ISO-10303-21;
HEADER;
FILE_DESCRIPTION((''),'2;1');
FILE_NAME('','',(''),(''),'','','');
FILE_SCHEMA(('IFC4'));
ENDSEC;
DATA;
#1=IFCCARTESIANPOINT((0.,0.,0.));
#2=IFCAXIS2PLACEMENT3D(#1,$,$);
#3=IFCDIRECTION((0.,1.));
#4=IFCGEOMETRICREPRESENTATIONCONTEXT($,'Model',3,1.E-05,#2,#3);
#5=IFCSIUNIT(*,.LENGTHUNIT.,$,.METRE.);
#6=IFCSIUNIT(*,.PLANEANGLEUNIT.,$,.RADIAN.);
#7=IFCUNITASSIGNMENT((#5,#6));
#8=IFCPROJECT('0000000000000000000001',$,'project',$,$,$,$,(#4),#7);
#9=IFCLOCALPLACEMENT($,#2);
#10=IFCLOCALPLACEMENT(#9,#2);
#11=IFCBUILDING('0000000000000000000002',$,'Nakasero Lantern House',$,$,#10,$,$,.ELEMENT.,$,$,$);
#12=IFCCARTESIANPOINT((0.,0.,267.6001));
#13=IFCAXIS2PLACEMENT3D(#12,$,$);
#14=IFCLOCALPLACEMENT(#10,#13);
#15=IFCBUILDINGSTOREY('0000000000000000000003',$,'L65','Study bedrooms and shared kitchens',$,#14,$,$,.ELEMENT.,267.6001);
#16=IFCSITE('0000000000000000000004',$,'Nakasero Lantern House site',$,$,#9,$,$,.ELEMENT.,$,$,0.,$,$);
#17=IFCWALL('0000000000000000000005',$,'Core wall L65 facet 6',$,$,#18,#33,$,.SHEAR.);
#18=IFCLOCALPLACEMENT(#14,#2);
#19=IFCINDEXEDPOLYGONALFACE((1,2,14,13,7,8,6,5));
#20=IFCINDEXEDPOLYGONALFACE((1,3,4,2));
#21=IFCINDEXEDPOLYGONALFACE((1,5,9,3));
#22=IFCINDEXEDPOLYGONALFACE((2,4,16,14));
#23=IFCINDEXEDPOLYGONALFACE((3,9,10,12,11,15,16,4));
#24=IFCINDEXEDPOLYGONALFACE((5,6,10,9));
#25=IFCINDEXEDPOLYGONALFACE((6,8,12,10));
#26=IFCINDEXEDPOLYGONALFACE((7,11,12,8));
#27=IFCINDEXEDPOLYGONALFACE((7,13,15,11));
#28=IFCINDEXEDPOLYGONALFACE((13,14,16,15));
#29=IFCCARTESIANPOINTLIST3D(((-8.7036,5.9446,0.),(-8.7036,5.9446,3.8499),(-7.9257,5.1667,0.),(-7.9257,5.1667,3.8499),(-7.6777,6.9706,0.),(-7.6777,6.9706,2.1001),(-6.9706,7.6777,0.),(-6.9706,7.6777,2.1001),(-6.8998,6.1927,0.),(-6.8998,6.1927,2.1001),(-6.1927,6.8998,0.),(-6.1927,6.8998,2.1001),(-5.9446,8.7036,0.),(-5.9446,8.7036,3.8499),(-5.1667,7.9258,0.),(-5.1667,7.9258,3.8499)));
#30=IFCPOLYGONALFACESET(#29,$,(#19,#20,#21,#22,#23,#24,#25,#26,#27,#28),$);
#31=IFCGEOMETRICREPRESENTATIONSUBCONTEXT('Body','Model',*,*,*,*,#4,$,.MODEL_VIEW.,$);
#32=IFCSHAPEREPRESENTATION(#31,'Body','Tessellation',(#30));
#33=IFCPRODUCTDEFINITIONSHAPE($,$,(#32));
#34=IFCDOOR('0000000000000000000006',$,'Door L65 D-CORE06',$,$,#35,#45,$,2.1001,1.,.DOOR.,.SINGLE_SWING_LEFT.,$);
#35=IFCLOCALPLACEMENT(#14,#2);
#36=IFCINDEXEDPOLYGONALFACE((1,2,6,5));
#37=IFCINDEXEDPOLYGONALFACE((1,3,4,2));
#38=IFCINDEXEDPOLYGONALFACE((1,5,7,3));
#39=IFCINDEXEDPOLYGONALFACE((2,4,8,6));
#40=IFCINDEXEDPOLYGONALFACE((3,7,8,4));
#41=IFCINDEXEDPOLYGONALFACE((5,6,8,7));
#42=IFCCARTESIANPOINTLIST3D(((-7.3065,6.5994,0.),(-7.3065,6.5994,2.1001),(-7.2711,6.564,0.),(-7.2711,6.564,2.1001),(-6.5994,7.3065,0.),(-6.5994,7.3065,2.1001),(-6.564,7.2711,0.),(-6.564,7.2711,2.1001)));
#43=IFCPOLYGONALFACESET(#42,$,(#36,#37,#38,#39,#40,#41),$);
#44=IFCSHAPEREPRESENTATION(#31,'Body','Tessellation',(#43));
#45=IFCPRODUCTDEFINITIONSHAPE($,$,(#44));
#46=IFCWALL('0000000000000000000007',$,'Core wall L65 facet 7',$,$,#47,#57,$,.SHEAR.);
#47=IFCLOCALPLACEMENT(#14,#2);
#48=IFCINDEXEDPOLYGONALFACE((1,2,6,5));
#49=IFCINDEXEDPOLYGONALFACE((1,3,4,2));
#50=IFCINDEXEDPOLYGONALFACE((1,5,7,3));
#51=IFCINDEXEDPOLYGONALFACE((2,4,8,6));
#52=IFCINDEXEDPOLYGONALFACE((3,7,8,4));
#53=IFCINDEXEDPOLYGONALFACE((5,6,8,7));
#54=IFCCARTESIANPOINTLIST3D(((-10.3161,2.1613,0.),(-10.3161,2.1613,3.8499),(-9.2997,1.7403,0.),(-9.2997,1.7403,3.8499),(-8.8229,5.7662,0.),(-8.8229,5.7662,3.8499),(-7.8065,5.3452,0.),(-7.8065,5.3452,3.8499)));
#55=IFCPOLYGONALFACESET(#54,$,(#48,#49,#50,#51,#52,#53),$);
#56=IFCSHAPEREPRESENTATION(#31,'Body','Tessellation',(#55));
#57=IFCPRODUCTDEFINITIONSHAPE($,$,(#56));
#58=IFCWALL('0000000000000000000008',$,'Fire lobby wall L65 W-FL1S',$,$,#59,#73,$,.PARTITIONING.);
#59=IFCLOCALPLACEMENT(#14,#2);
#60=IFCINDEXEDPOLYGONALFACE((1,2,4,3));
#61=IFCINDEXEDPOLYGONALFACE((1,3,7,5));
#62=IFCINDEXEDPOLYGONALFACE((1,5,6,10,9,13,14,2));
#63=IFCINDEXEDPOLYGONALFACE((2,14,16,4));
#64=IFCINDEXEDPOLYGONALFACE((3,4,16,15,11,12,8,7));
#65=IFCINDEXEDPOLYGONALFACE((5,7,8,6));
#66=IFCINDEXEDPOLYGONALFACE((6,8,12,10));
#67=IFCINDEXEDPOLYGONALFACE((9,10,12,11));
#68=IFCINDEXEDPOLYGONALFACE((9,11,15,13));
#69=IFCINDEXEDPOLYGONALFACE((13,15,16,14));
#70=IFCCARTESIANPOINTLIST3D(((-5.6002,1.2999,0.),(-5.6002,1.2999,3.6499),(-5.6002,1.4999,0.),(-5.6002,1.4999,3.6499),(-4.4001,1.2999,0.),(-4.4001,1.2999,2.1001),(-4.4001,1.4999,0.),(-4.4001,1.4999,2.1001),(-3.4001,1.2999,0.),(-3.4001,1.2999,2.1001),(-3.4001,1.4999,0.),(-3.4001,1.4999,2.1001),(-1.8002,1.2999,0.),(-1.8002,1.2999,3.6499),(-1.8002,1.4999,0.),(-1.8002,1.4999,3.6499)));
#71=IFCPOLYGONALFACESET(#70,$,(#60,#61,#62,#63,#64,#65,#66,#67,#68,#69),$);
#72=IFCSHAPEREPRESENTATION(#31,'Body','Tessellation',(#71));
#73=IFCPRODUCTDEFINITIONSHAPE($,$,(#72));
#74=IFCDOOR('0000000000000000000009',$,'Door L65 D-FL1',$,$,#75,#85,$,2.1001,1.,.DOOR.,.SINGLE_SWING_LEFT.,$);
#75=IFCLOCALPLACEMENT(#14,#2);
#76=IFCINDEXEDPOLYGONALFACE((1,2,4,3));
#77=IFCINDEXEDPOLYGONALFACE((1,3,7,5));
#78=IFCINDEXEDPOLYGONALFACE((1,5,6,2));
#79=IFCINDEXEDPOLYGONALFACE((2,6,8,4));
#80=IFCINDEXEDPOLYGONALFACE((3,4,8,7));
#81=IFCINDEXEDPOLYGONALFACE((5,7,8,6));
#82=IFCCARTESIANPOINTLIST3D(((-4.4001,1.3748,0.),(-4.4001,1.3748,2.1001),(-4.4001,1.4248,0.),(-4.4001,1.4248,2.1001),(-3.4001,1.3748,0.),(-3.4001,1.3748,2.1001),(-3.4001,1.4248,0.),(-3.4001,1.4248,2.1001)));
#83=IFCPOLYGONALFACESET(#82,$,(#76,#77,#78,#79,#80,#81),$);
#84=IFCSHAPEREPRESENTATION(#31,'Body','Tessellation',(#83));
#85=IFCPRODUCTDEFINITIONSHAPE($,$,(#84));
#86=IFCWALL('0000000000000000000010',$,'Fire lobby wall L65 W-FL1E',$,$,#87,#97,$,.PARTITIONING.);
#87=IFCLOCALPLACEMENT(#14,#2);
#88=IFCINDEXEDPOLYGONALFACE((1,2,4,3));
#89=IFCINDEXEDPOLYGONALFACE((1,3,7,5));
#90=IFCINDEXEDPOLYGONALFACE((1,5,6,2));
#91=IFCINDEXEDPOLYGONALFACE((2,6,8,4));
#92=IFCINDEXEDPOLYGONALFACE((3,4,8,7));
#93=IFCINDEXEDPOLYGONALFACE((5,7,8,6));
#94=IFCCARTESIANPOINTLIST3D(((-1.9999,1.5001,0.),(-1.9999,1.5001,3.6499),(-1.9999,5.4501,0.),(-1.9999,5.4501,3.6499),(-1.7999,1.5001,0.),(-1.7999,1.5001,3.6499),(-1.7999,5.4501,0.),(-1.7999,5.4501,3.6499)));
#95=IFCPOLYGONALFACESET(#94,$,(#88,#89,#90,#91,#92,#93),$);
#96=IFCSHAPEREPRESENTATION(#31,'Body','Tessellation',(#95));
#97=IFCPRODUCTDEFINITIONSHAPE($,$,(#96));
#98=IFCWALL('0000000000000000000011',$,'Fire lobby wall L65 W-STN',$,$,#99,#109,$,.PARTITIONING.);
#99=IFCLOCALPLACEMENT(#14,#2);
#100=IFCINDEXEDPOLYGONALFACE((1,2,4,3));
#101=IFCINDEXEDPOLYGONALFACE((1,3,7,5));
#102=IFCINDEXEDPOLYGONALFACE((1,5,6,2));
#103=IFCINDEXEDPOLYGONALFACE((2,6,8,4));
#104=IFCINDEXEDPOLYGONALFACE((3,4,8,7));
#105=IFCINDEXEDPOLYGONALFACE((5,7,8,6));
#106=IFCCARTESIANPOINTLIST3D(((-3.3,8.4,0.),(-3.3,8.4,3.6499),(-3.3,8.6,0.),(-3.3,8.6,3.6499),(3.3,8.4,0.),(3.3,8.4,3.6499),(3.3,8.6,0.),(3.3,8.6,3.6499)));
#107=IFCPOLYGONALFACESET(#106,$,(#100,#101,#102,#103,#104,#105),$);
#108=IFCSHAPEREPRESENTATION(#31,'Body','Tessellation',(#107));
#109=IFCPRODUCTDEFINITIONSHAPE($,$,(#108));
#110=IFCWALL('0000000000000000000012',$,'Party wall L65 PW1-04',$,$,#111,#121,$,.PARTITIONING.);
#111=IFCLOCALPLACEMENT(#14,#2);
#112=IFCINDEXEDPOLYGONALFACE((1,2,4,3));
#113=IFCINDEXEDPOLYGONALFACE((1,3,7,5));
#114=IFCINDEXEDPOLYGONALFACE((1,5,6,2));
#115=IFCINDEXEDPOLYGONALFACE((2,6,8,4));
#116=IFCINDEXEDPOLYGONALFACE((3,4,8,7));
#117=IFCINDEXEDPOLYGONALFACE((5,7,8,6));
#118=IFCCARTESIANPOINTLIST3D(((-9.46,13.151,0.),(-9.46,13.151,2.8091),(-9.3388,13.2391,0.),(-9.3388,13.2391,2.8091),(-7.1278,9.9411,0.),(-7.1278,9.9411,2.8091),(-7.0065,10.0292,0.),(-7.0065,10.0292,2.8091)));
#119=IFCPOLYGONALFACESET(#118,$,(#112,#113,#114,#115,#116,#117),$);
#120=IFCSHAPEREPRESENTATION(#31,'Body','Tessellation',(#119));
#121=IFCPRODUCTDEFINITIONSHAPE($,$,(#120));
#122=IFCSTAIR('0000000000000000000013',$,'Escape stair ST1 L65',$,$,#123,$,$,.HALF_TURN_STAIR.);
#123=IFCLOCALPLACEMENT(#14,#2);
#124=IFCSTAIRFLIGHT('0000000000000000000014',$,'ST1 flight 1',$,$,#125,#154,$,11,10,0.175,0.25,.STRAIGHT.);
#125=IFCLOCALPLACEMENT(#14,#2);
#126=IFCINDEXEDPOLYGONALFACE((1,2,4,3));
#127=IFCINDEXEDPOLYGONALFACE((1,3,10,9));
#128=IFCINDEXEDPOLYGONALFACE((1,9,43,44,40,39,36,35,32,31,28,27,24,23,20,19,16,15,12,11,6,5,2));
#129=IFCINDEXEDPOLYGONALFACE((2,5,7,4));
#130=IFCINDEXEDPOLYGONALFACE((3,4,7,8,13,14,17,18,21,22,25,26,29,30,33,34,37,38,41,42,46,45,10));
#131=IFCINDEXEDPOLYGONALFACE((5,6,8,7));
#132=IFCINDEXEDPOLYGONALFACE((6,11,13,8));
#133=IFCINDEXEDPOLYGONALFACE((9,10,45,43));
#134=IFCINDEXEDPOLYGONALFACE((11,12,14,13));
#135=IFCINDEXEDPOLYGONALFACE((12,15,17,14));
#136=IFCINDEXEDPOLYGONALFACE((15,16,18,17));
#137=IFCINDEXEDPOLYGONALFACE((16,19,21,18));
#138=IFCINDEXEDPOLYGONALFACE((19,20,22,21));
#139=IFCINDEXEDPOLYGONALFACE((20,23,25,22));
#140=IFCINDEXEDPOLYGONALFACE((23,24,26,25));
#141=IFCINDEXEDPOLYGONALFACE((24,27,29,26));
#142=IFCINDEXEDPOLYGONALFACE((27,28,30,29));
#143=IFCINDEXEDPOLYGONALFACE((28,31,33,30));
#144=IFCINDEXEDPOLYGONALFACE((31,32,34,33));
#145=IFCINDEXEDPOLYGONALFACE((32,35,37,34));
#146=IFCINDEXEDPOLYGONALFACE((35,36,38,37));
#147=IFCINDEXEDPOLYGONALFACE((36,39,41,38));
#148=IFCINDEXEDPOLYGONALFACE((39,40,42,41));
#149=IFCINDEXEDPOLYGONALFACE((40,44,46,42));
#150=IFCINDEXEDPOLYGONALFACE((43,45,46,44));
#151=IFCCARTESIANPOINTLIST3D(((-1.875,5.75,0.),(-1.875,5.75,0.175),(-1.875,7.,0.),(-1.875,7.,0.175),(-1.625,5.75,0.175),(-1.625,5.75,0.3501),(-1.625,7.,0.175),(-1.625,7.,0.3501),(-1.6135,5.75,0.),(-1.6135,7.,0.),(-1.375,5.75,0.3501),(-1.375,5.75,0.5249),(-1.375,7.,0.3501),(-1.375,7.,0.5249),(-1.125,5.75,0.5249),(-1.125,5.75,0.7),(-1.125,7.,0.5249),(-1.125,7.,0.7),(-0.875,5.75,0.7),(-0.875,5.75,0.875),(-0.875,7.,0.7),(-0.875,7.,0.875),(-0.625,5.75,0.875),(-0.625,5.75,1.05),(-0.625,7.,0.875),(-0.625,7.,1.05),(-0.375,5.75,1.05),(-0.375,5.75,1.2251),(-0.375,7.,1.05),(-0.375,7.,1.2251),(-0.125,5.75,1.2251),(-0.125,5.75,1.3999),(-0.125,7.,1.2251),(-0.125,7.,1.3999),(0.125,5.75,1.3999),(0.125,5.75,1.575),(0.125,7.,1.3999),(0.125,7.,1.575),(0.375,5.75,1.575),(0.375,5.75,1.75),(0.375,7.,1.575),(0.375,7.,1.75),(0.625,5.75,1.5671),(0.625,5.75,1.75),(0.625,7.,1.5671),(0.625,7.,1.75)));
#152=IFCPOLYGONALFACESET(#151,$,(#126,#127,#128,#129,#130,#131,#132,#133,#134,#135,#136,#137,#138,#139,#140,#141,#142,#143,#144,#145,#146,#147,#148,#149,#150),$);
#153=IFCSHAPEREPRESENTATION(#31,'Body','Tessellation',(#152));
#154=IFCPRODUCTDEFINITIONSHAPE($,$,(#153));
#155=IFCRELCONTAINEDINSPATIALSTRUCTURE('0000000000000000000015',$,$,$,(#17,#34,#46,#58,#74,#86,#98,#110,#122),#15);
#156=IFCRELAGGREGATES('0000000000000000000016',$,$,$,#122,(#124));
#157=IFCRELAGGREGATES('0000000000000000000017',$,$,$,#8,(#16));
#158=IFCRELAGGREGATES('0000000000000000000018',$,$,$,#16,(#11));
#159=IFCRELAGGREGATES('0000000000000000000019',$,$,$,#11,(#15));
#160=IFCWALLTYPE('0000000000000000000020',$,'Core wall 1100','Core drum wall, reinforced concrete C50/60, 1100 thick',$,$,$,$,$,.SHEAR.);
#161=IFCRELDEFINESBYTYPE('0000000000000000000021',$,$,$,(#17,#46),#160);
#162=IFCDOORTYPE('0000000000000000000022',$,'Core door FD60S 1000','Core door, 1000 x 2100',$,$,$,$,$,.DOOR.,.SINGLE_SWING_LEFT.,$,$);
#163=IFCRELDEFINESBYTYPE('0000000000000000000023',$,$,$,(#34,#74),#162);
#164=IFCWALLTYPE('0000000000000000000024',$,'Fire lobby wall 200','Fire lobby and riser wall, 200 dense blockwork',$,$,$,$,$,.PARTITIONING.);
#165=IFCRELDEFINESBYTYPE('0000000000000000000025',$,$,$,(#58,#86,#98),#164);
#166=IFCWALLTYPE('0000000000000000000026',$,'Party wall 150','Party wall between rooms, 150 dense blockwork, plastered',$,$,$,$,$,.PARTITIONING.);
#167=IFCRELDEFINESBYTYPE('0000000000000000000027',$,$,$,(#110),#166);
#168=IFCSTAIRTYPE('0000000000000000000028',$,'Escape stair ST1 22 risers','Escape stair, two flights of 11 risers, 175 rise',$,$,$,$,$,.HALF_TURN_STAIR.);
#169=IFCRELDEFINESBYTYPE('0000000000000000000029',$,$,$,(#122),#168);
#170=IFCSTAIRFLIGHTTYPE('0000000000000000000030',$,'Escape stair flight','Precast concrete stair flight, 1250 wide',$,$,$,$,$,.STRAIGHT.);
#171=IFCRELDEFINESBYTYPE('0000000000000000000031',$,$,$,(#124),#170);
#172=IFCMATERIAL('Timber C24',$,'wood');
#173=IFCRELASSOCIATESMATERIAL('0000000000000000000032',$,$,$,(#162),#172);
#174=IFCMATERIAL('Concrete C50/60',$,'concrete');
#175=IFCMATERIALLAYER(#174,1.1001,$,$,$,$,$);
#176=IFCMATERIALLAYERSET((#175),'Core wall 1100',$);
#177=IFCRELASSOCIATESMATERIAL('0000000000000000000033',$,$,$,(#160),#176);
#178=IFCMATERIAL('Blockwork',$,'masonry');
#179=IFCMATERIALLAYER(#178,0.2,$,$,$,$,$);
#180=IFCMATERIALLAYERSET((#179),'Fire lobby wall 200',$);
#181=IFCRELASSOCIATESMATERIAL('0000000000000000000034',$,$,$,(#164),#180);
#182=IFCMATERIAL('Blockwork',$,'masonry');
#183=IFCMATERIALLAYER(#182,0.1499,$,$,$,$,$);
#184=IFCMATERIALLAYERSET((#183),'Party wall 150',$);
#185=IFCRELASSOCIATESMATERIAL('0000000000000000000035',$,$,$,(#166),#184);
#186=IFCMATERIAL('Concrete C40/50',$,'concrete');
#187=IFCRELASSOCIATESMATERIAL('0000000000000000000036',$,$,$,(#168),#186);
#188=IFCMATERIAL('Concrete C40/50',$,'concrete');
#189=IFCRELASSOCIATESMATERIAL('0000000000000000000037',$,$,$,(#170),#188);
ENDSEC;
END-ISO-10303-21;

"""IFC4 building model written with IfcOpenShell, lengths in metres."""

from ifc_helpers import new_model, si_unit, direction, frame, frame_2d, origin, place, context, subcontext, project, spatial, polyline, rectangle, outline, extrude, material, layer, layer_set, type_object, element, fill, aggregate, save


model = new_model("IFC4")

# Units and contexts
model_context = context("Model", 3, precision=1e-05, world=origin(), true_north=direction((0.0, 1.0)))
body_context = subcontext(model_context, "Body", "Model", "MODEL_VIEW")
ifc_project = project(units=[si_unit("LENGTHUNIT", "METRE"), si_unit("PLANEANGLEUNIT", "RADIAN")], contexts=[model_context])

# Site, building, storey
site_placement = place(None, origin())
site = spatial("IfcSite", under=ifc_project, at=site_placement, Name="Nakasero Lantern House site", CompositionType="ELEMENT", RefElevation=0.0)
building_placement = place(site_placement, origin())
building = spatial("IfcBuilding", under=site, at=building_placement, Name="Nakasero Lantern House", CompositionType="ELEMENT")
storey_placement = place(building_placement, frame((0.0, 0.0, 267.6001)))
storey = spatial("IfcBuildingStorey", under=building, at=storey_placement, Name="L65", Description="Study bedrooms and shared kitchens", CompositionType="ELEMENT", Elevation=267.6001)

# Shared definitions
ifc_material_1 = material(Name="Timber C24", Category="wood")
door_type_1 = type_object("IfcDoorType", Name="Core door FD60S 1000", Description="Core door, 1000 x 2100", OperationType="SINGLE_SWING_LEFT", PredefinedType="DOOR", material=ifc_material_1)

# Shared definitions
ifc_material_2 = material(Name="Concrete C50/60", Category="concrete")
ifc_layer_1 = layer(ifc_material_2, 1.1001)
ifc_layer_set_1 = layer_set([ifc_layer_1], Name="Core wall 1100")
wall_type_1 = type_object("IfcWallType", Name="Core wall 1100", Description="Core drum wall, reinforced concrete C50/60, 1100 thick", PredefinedType="SHEAR", material=ifc_layer_set_1)

# Wall, opening, door
wall_1_placement = place(storey_placement, frame((-5.5557, 8.3147, 0.0), z_axis=(0.0, 0.0, 1.0), x_axis=(-0.707107, -0.707107, 0.0)))
wall_1 = element("IfcWall", 1, at=wall_1_placement, inside=storey, type_object=wall_type_1, Name="Core wall L65 facet 6", PredefinedType="SHEAR", context=body_context, shape_type="SweptSolid", body=[
    extrude(rectangle(XDim=3.9019, YDim=1.1001, at=frame_2d((1.9509, 0.0))), origin(), (0.0, 0.0, 1.0), 3.8499),
])
opening_1_placement = place(wall_1_placement, frame((1.4509, 0.0, 0.0)))
opening_1 = element("IfcOpeningElement", 2, at=opening_1_placement, cuts=wall_1, PredefinedType="OPENING", context=body_context, shape_type="SweptSolid", body=[
    extrude(rectangle(XDim=1.0, YDim=2.1001, at=frame_2d((0.5, 1.05))), frame((0.0, 0.5701, 0.0), z_axis=(0.0, -1.0, 0.0), x_axis=(1.0, 0.0, 0.0)), (0.0, 0.0, 1.0), 1.1401),
])
door_1_placement = place(opening_1_placement, origin())
door_1 = element("IfcDoor", 3, at=door_1_placement, inside=storey, type_object=door_type_1, Name="Door L65 D-CORE06", OperationType="SINGLE_SWING_LEFT", OverallHeight=2.1001, OverallWidth=1.0, PredefinedType="DOOR", context=body_context, shape_type="SweptSolid", body=[
    extrude(rectangle(XDim=1.0, YDim=2.1001, at=frame_2d((0.5, 1.05))), frame((0.0, 0.0249, 0.0), z_axis=(0.0, -1.0, 0.0), x_axis=(1.0, 0.0, 0.0)), (0.0, 0.0, 1.0), 0.05),
])
fill(opening_1, door_1)

# Wall
wall_2_placement = place(storey_placement, frame((-8.3147, 5.5557, 0.0), z_axis=(0.0, 0.0, 1.0), x_axis=(-0.382691, -0.923877, 0.0)))
element("IfcWall", 4, at=wall_2_placement, inside=storey, type_object=wall_type_1, Name="Core wall L65 facet 7", PredefinedType="SHEAR", context=body_context, shape_type="SweptSolid", body=[
    extrude(rectangle(XDim=3.9019, YDim=1.1001, at=frame_2d((1.9509, 0.0))), origin(), (0.0, 0.0, 1.0), 3.8499),
])

# Wall, opening, door
ifc_material_3 = material(Name="Blockwork", Category="masonry")
ifc_layer_2 = layer(ifc_material_3, 0.2)
ifc_layer_set_2 = layer_set([ifc_layer_2], Name="Fire lobby wall 200")
wall_type_2 = type_object("IfcWallType", Name="Fire lobby wall 200", Description="Fire lobby and riser wall, 200 dense blockwork", PredefinedType="PARTITIONING", material=ifc_layer_set_2)
wall_3_placement = place(storey_placement, frame((-5.6001, 1.3999, 0.0), z_axis=(0.0, 0.0, 1.0), x_axis=(1.0, 0.0, 0.0)))
wall_3 = element("IfcWall", 5, at=wall_3_placement, inside=storey, type_object=wall_type_2, Name="Fire lobby wall L65 W-FL1S", PredefinedType="PARTITIONING", context=body_context, shape_type="SweptSolid", body=[
    extrude(rectangle(XDim=3.8, YDim=0.2, at=frame_2d((1.8999, 0.0))), origin(), (0.0, 0.0, 1.0), 3.6499),
])
opening_2_placement = place(wall_3_placement, frame((1.2, 0.0, 0.0)))
opening_2 = element("IfcOpeningElement", 6, at=opening_2_placement, cuts=wall_3, PredefinedType="OPENING", context=body_context, shape_type="SweptSolid", body=[
    extrude(rectangle(XDim=1.0, YDim=2.1001, at=frame_2d((0.5, 1.05))), frame((0.0, 0.1199, 0.0), z_axis=(0.0, -1.0, 0.0), x_axis=(1.0, 0.0, 0.0)), (0.0, 0.0, 1.0), 0.24),
])
door_2_placement = place(opening_2_placement, origin())
door_2 = element("IfcDoor", 7, at=door_2_placement, inside=storey, type_object=door_type_1, Name="Door L65 D-FL1", OperationType="SINGLE_SWING_LEFT", OverallHeight=2.1001, OverallWidth=1.0, PredefinedType="DOOR", context=body_context, shape_type="SweptSolid", body=[
    extrude(rectangle(XDim=1.0, YDim=2.1001, at=frame_2d((0.5, 1.05))), frame((0.0, 0.0249, 0.0), z_axis=(0.0, -1.0, 0.0), x_axis=(1.0, 0.0, 0.0)), (0.0, 0.0, 1.0), 0.05),
])
fill(opening_2, door_2)

# Walls
wall_4_placement = place(storey_placement, frame((-1.8999, 1.5, 0.0), z_axis=(0.0, 0.0, 1.0), x_axis=(0.0, 1.0, 0.0)))
element("IfcWall", 8, at=wall_4_placement, inside=storey, type_object=wall_type_2, Name="Fire lobby wall L65 W-FL1E", PredefinedType="PARTITIONING", context=body_context, shape_type="SweptSolid", body=[
    extrude(rectangle(XDim=3.95, YDim=0.2, at=frame_2d((1.9751, 0.0))), origin(), (0.0, 0.0, 1.0), 3.6499),
])
wall_5_placement = place(storey_placement, frame((-3.3, 8.5, 0.0), z_axis=(0.0, 0.0, 1.0), x_axis=(1.0, 0.0, 0.0)))
element("IfcWall", 9, at=wall_5_placement, inside=storey, type_object=wall_type_2, Name="Fire lobby wall L65 W-STN", PredefinedType="PARTITIONING", context=body_context, shape_type="SweptSolid", body=[
    extrude(rectangle(XDim=6.6001, YDim=0.2, at=frame_2d((3.3, 0.0))), origin(), (0.0, 0.0, 1.0), 3.6499),
])
ifc_material_4 = material(Name="Blockwork", Category="masonry")
ifc_layer_3 = layer(ifc_material_4, 0.1499)
ifc_layer_set_3 = layer_set([ifc_layer_3], Name="Party wall 150")
wall_type_3 = type_object("IfcWallType", Name="Party wall 150", Description="Party wall between rooms, 150 dense blockwork, plastered", PredefinedType="PARTITIONING", material=ifc_layer_set_3)
wall_6_placement = place(storey_placement, frame((-7.0671, 9.9851, 0.0), z_axis=(0.0, 0.0, 1.0), x_axis=(-0.587802, 0.809005, 0.0)))
element("IfcWall", 10, at=wall_6_placement, inside=storey, type_object=wall_type_3, Name="Party wall L65 PW1-04", PredefinedType="PARTITIONING", context=body_context, shape_type="SweptSolid", body=[
    extrude(rectangle(XDim=3.9678, YDim=0.1499, at=frame_2d((1.9839, 0.0))), origin(), (0.0, 0.0, 1.0), 2.8091),
])

# Stair, stair flight
ifc_material_5 = material(Name="Concrete C40/50", Category="concrete")
stair_type = type_object("IfcStairType", Name="Escape stair ST1 22 risers", Description="Escape stair, two flights of 11 risers, 175 rise", PredefinedType="HALF_TURN_STAIR", material=ifc_material_5)
stair_placement = place(storey_placement, origin())
stair = element("IfcStair", 11, at=stair_placement, inside=storey, type_object=stair_type, Name="Escape stair ST1 L65", PredefinedType="HALF_TURN_STAIR")
ifc_material_6 = material(Name="Concrete C40/50", Category="concrete")
stair_flight_type = type_object("IfcStairFlightType", Name="Escape stair flight", Description="Precast concrete stair flight, 1250 wide", PredefinedType="STRAIGHT", material=ifc_material_6)
stair_flight_placement = place(storey_placement, frame((-1.875, 6.375, 0.0), z_axis=(0.0, 0.0, 1.0), x_axis=(1.0, 0.0, 0.0)))
stair_flight = element("IfcStairFlight", 12, at=stair_flight_placement, type_object=stair_flight_type, Name="ST1 flight 1", NumberOfRisers=11, NumberOfTreads=10, PredefinedType="STRAIGHT", RiserHeight=0.175, TreadLength=0.25, context=body_context, shape_type="SweptSolid", body=[
    extrude(outline(polyline([(0.0, 0.0), (0.0, 0.175), (0.25, 0.175), (0.25, 0.3501), (0.5, 0.3501), (0.5, 0.5249), (0.75, 0.5249), (0.75, 0.7), (1.0, 0.7), (1.0, 0.875), (1.25, 0.875), (1.25, 1.05), (1.5, 1.05), (1.5, 1.2251), (1.75, 1.2251), (1.75, 1.3999), (2.0, 1.3999), (2.0, 1.575), (2.25, 1.575), (2.25, 1.75), (2.5, 1.75), (2.5, 1.925), (2.5, 1.5671), (0.2615, 0.0), (0.0, 0.0)])), frame((0.0, 0.625, 0.0), z_axis=(0.0, -1.0, 0.0), x_axis=(1.0, 0.0, 0.0)), (0.0, 0.0, 1.0), 1.25),
])
aggregate(stair, [stair_flight])

save(model, "model.ifc")
